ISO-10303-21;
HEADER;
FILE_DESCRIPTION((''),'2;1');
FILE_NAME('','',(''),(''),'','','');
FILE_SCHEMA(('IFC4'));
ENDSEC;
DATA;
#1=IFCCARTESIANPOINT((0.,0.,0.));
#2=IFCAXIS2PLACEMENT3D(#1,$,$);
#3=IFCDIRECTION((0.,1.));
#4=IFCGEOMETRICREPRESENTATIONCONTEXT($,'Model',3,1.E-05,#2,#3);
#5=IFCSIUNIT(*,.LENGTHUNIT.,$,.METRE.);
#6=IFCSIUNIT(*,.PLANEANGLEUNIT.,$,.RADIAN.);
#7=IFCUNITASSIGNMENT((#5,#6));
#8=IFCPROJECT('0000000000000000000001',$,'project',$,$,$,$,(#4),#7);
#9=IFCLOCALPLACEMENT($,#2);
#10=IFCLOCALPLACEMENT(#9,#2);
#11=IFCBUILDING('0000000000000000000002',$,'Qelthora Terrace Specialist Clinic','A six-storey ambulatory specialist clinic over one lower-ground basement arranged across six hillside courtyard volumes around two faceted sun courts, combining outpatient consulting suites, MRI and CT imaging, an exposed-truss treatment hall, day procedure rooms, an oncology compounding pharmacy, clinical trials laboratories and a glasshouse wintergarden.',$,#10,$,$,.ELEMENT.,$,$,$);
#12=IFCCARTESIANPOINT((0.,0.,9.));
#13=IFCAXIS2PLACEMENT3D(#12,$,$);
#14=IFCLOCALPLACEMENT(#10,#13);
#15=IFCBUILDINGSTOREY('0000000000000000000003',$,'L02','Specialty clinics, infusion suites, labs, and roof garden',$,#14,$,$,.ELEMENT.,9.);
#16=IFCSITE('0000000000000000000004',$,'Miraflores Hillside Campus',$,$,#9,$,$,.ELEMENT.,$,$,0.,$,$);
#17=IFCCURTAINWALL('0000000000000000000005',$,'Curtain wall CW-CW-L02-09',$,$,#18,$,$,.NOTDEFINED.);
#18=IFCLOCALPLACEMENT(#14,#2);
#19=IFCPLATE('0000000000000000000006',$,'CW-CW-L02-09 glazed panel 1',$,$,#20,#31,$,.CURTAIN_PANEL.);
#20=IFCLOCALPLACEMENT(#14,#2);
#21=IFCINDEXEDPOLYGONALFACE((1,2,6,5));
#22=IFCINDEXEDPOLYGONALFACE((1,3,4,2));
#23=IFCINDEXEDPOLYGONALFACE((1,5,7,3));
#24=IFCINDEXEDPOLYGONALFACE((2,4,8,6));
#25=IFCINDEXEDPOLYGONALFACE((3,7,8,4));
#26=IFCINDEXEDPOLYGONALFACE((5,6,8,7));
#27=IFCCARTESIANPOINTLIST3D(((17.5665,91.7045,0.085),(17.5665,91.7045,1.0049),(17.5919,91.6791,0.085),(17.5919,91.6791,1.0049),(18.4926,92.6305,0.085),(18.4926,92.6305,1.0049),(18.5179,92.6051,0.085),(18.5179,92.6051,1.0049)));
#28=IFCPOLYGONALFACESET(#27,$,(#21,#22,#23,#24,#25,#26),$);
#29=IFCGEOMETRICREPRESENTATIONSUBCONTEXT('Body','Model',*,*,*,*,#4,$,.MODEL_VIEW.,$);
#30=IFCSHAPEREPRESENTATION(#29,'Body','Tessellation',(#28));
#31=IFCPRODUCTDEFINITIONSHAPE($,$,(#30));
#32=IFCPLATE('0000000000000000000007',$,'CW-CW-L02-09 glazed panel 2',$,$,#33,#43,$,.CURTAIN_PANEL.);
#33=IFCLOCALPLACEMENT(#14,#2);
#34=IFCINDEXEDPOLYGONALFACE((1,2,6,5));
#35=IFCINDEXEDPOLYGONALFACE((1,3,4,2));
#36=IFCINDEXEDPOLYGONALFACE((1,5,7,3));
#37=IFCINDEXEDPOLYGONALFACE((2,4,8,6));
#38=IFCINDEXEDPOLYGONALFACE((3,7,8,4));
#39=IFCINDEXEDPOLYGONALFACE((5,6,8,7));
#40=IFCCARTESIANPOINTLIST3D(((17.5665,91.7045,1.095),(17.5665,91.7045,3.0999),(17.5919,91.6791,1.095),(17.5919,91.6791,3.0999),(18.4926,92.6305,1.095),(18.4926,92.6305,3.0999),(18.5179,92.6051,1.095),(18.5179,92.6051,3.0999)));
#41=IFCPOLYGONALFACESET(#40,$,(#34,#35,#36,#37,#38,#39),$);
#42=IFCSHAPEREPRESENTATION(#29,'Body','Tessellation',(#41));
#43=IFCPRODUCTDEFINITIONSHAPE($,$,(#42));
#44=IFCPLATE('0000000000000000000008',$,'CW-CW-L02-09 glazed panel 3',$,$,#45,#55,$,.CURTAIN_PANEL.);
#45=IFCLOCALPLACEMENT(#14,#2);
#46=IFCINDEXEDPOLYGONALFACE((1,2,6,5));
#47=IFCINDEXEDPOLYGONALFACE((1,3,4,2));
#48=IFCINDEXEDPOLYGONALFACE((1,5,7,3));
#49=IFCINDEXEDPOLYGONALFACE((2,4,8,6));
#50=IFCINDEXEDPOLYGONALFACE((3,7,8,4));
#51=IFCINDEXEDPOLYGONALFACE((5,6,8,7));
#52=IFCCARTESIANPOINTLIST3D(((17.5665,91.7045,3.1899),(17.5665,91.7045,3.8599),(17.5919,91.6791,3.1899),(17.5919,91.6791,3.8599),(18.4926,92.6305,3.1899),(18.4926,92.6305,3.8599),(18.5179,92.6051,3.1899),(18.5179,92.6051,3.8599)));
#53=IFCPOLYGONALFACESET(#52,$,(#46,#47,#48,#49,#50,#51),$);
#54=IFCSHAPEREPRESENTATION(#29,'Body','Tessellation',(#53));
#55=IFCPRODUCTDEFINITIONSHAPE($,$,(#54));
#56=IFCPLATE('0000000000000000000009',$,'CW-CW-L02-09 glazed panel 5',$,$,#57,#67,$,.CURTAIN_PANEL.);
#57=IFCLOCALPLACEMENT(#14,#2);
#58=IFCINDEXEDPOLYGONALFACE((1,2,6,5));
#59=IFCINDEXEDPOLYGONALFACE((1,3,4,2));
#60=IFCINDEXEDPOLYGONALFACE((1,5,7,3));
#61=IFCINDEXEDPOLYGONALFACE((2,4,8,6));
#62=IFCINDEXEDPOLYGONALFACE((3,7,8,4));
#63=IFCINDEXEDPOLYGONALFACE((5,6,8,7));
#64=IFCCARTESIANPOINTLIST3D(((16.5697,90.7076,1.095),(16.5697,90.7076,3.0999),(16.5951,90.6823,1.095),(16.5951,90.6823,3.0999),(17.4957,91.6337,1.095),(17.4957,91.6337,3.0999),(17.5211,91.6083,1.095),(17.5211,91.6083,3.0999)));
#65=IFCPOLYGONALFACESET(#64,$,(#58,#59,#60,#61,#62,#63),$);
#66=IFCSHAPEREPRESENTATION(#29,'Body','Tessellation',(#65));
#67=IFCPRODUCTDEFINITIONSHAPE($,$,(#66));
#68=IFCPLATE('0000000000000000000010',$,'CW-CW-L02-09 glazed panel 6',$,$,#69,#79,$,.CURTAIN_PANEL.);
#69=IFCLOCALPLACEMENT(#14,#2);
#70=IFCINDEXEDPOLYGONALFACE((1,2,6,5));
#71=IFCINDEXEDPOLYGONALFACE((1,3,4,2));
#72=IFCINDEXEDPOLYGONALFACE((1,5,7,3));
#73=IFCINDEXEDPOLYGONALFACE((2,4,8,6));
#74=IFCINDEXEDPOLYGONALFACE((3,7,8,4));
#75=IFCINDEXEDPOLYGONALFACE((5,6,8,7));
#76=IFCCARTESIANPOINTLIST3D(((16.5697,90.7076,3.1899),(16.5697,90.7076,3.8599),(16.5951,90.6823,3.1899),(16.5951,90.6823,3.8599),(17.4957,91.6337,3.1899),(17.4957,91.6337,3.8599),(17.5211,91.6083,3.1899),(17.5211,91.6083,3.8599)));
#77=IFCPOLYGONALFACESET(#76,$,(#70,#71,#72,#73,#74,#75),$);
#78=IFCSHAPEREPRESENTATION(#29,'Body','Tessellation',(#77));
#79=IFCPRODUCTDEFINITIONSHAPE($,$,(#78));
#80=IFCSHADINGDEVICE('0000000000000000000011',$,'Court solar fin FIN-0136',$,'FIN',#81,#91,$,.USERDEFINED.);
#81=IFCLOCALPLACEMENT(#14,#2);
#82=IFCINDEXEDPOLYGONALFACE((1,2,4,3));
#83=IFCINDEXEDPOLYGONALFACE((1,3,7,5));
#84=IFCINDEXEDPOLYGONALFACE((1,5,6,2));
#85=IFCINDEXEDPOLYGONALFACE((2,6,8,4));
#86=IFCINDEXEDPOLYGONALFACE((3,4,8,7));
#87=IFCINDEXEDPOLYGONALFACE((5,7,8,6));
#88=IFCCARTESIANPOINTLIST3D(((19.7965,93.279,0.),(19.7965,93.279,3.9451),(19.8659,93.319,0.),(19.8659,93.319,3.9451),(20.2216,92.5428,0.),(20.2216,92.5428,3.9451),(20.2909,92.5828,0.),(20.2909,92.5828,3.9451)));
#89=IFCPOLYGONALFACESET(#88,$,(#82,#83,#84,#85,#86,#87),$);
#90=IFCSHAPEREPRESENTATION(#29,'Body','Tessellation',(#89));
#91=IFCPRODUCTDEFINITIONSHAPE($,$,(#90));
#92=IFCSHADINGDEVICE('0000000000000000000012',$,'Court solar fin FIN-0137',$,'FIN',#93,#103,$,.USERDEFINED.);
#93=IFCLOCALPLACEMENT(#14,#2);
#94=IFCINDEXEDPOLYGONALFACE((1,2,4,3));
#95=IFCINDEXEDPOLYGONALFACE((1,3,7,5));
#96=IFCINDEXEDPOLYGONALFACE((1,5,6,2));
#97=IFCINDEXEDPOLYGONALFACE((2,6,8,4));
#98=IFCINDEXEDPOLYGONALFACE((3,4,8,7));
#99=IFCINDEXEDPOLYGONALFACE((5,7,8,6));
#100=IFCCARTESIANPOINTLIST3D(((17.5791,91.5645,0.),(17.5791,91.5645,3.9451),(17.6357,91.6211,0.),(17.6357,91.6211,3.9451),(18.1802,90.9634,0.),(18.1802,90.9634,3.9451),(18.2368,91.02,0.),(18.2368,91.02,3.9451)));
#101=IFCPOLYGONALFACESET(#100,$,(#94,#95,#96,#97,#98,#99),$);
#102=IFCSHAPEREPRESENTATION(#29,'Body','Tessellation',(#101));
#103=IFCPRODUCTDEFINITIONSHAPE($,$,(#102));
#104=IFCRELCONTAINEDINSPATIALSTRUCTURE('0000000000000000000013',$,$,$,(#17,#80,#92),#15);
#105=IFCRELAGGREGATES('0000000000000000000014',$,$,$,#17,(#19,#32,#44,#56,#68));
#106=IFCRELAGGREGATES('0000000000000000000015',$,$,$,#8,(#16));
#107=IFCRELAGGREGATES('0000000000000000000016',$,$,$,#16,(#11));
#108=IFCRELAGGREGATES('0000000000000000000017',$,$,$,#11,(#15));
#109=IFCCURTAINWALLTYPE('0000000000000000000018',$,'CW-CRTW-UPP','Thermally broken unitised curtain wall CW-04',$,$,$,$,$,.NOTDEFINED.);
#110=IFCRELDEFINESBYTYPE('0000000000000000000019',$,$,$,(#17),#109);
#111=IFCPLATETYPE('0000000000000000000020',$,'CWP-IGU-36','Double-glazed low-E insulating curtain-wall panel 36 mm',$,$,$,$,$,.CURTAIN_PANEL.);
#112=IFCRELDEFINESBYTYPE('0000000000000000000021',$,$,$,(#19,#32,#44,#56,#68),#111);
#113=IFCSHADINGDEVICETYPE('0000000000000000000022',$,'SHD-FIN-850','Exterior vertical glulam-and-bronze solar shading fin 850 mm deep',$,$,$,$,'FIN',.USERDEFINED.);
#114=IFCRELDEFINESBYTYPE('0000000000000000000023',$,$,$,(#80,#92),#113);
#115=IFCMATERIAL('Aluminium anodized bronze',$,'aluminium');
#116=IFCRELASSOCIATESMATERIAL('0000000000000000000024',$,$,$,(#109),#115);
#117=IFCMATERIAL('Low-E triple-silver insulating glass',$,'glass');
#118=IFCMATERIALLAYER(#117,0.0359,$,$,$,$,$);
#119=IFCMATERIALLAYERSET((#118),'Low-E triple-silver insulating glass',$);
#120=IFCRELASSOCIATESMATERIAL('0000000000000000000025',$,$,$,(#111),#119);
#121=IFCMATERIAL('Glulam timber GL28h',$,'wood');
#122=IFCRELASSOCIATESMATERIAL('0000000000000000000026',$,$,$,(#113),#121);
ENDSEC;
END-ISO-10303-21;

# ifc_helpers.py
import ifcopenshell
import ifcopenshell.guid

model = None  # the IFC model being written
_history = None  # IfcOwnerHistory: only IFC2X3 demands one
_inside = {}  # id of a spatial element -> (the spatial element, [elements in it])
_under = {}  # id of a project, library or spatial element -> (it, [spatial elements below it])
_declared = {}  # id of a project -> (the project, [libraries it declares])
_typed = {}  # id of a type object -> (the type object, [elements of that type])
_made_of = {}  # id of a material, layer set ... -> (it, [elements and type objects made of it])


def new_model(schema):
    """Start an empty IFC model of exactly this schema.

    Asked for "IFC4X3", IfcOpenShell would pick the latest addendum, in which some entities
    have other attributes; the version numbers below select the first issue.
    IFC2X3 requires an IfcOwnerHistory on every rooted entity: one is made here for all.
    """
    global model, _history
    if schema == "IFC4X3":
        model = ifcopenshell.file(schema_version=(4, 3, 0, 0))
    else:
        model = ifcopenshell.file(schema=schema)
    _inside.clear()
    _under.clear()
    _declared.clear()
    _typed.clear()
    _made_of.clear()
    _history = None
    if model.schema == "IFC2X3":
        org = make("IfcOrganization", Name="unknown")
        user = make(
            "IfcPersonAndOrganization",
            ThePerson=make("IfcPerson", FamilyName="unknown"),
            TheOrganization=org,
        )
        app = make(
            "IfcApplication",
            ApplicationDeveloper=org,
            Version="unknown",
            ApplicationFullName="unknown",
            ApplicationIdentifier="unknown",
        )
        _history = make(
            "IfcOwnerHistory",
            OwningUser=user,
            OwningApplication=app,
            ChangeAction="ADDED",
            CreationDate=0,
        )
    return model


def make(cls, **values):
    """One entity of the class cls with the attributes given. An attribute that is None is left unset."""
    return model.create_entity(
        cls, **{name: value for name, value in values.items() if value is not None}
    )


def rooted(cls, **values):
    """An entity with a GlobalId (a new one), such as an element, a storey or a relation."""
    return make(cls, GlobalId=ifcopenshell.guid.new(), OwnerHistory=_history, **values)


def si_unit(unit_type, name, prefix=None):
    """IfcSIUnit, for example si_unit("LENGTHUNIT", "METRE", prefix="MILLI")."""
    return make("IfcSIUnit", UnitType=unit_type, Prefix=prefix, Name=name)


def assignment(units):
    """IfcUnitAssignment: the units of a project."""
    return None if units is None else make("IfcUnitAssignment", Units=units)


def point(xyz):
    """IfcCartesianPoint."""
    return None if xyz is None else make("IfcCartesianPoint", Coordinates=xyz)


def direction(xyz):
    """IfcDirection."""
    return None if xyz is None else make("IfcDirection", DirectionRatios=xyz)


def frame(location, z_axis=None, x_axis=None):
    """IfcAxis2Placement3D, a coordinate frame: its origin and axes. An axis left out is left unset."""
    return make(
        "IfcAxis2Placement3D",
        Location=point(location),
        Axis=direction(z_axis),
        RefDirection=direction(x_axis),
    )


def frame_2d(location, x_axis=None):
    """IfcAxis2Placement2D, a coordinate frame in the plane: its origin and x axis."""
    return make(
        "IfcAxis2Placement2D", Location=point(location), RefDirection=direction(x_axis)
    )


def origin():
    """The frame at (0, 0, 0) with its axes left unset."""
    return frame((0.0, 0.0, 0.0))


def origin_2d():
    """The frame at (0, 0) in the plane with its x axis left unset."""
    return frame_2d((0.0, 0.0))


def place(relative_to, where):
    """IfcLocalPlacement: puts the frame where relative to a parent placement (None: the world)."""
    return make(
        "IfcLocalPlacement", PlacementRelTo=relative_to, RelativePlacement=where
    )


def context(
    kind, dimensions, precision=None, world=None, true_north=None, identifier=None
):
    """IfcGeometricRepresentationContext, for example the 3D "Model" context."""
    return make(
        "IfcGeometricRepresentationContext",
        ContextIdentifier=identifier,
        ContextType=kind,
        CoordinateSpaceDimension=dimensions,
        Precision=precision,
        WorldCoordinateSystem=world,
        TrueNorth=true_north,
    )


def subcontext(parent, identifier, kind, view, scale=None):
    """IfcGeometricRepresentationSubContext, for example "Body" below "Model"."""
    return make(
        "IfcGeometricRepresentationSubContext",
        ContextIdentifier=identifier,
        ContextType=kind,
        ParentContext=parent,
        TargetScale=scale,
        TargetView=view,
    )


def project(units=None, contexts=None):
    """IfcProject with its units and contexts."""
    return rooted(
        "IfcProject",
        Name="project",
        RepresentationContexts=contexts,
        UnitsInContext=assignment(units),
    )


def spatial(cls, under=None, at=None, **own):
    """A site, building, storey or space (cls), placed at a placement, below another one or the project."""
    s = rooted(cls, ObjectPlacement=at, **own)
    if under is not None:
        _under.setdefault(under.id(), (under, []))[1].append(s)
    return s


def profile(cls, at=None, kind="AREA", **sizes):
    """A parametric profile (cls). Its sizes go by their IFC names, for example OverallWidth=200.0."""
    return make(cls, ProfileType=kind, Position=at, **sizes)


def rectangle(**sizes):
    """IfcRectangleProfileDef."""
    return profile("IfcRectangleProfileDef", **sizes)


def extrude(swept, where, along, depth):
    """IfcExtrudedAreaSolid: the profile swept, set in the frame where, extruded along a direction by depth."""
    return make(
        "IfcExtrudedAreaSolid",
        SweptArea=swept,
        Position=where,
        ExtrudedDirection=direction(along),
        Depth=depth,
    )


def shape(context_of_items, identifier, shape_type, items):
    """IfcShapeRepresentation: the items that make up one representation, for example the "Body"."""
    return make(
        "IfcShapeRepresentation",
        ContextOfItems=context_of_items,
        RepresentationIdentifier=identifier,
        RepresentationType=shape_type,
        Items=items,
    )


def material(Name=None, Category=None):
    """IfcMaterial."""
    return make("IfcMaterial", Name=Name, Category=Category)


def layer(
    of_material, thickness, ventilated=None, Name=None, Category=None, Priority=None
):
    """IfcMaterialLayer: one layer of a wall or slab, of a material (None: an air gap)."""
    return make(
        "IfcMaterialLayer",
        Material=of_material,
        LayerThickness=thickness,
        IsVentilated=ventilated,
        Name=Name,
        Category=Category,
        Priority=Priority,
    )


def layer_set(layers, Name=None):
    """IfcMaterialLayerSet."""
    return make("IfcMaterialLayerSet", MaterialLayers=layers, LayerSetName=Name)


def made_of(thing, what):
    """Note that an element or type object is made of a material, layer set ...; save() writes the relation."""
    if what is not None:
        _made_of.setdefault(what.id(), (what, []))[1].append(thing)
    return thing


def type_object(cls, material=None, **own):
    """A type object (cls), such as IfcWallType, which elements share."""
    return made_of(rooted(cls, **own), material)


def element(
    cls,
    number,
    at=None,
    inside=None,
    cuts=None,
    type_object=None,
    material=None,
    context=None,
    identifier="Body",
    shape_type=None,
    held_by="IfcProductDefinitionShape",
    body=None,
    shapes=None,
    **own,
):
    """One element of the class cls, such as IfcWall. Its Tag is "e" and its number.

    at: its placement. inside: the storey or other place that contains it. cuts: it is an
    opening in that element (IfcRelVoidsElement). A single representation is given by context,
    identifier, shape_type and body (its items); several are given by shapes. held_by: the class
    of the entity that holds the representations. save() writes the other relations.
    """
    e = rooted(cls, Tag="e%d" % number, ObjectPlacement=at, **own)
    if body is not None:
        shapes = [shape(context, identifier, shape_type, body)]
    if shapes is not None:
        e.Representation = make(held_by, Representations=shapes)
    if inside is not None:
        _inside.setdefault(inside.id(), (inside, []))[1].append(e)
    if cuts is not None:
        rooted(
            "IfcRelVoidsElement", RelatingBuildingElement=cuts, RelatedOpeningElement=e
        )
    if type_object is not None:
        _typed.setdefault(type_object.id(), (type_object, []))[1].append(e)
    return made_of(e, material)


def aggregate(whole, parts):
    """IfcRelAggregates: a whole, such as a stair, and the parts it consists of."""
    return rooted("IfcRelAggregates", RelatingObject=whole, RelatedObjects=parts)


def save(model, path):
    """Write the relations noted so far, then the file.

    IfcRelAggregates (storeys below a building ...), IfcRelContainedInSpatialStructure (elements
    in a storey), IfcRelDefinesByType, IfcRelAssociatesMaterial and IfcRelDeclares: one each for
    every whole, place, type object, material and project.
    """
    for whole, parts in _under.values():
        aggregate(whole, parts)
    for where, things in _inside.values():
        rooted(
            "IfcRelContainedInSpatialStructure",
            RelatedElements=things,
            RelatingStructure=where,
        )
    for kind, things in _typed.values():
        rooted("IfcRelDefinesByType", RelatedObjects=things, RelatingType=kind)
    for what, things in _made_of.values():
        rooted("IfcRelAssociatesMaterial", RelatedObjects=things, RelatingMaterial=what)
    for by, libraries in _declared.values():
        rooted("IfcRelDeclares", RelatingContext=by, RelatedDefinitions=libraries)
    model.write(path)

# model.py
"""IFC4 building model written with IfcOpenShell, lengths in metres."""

from ifc_helpers import new_model, si_unit, direction, frame, origin, origin_2d, place, context, subcontext, project, spatial, rectangle, extrude, material, layer, layer_set, type_object, element, aggregate, save


model = new_model("IFC4")

# Units and contexts
model_context = context("Model", 3, precision=1e-05, world=origin(), true_north=direction((0.0, 1.0)))
body_context = subcontext(model_context, "Body", "Model", "MODEL_VIEW")
ifc_project = project(units=[si_unit("LENGTHUNIT", "METRE"), si_unit("PLANEANGLEUNIT", "RADIAN")], contexts=[model_context])

# Site, building, storey
site_placement = place(None, origin())
site = spatial("IfcSite", under=ifc_project, at=site_placement, Name="Miraflores Hillside Campus", CompositionType="ELEMENT", RefElevation=0.0)
building_placement = place(site_placement, origin())
building = spatial("IfcBuilding", under=site, at=building_placement, Name="Qelthora Terrace Specialist Clinic", Description="A six-storey ambulatory specialist clinic over one lower-ground basement arranged across six hillside courtyard volumes around two faceted sun courts, combining outpatient consulting suites, MRI and CT imaging, an exposed-truss treatment hall, day procedure rooms, an oncology compounding pharmacy, clinical trials laboratories and a glasshouse wintergarden.", CompositionType="ELEMENT")
storey_placement = place(building_placement, frame((0.0, 0.0, 9.0)))
storey = spatial("IfcBuildingStorey", under=building, at=storey_placement, Name="L02", Description="Specialty clinics, infusion suites, labs, and roof garden", CompositionType="ELEMENT", Elevation=9.0)

# Curtain wall
ifc_material_1 = material(Name="Aluminium anodized bronze", Category="aluminium")
curtain_wall_type = type_object("IfcCurtainWallType", Name="CW-CRTW-UPP", Description="Thermally broken unitised curtain wall CW-04", PredefinedType="NOTDEFINED", material=ifc_material_1)
curtain_wall_1_placement = place(storey_placement, origin())
curtain_wall_1 = element("IfcCurtainWall", 1, at=curtain_wall_1_placement, inside=storey, type_object=curtain_wall_type, Name="Curtain wall CW-CW-L02-09", PredefinedType="NOTDEFINED")

# Plates
ifc_material_2 = material(Name="Low-E triple-silver insulating glass", Category="glass")
ifc_layer = layer(ifc_material_2, 0.0359)
ifc_layer_set = layer_set([ifc_layer], Name="Low-E triple-silver insulating glass")
plate_type = type_object("IfcPlateType", Name="CWP-IGU-36", Description="Double-glazed low-E insulating curtain-wall panel 36 mm", PredefinedType="CURTAIN_PANEL", material=ifc_layer_set)
plate_1_placement = place(storey_placement, frame((18.0422, 92.1548, 0.085), z_axis=(0.0, 0.0, 1.0), x_axis=(-0.707107, -0.707107, 0.0)))
plate_1 = element("IfcPlate", 2, at=plate_1_placement, type_object=plate_type, Name="CW-CW-L02-09 glazed panel 1", PredefinedType="CURTAIN_PANEL", context=body_context, shape_type="SweptSolid", body=[
    extrude(rectangle(XDim=1.3096, YDim=0.0359, at=origin_2d()), origin(), (0.0, 0.0, 1.0), 0.9199),
])
plate_2_placement = place(storey_placement, frame((18.0422, 92.1548, 1.095), z_axis=(0.0, 0.0, 1.0), x_axis=(-0.707107, -0.707107, 0.0)))
plate_2 = element("IfcPlate", 3, at=plate_2_placement, type_object=plate_type, Name="CW-CW-L02-09 glazed panel 2", PredefinedType="CURTAIN_PANEL", context=body_context, shape_type="SweptSolid", body=[
    extrude(rectangle(XDim=1.3096, YDim=0.0359, at=origin_2d()), origin(), (0.0, 0.0, 1.0), 2.0049),
])
plate_3_placement = place(storey_placement, frame((18.0422, 92.1548, 3.1899), z_axis=(0.0, 0.0, 1.0), x_axis=(-0.707107, -0.707107, 0.0)))
plate_3 = element("IfcPlate", 4, at=plate_3_placement, type_object=plate_type, Name="CW-CW-L02-09 glazed panel 3", PredefinedType="CURTAIN_PANEL", context=body_context, shape_type="SweptSolid", body=[
    extrude(rectangle(XDim=1.3096, YDim=0.0359, at=origin_2d()), origin(), (0.0, 0.0, 1.0), 0.6699),
])
plate_4_placement = place(storey_placement, frame((17.0454, 91.158, 1.095), z_axis=(0.0, 0.0, 1.0), x_axis=(-0.707107, -0.707107, 0.0)))
plate_4 = element("IfcPlate", 5, at=plate_4_placement, type_object=plate_type, Name="CW-CW-L02-09 glazed panel 5", PredefinedType="CURTAIN_PANEL", context=body_context, shape_type="SweptSolid", body=[
    extrude(rectangle(XDim=1.3096, YDim=0.0359, at=origin_2d()), origin(), (0.0, 0.0, 1.0), 2.0049),
])
plate_5_placement = place(storey_placement, frame((17.0454, 91.158, 3.1899), z_axis=(0.0, 0.0, 1.0), x_axis=(-0.707107, -0.707107, 0.0)))
plate_5 = element("IfcPlate", 6, at=plate_5_placement, type_object=plate_type, Name="CW-CW-L02-09 glazed panel 6", PredefinedType="CURTAIN_PANEL", context=body_context, shape_type="SweptSolid", body=[
    extrude(rectangle(XDim=1.3096, YDim=0.0359, at=origin_2d()), origin(), (0.0, 0.0, 1.0), 0.6699),
])
aggregate(curtain_wall_1, [plate_1, plate_2, plate_3, plate_4, plate_5])

# Shading devices
ifc_material_3 = material(Name="Glulam timber GL28h", Category="wood")
shading_device_type = type_object("IfcShadingDeviceType", Name="SHD-FIN-850", Description="Exterior vertical glulam-and-bronze solar shading fin 850 mm deep", ElementType="FIN", PredefinedType="USERDEFINED", material=ifc_material_3)
for number, where, z_axis, x_axis, name in (
    (7, (20.0437, 92.9309, 0.0), (0.0, 0.0, 1.0), (0.5, -0.866025, 0.0), "Court solar fin FIN-0136"),
    (8, (17.908, 91.2922, 0.0), (0.0, 0.0, 1.0), (0.707107, -0.707107, 0.0), "Court solar fin FIN-0137"),
):
    element("IfcShadingDevice", number, at=place(storey_placement, frame(where, z_axis=z_axis, x_axis=x_axis)), inside=storey, type_object=shading_device_type, Name=name, ObjectType="FIN", PredefinedType="USERDEFINED", context=body_context, shape_type="SweptSolid", body=[
        extrude(rectangle(XDim=0.8501, YDim=0.0801, at=origin_2d()), origin(), (0.0, 0.0, 1.0), 3.9451),
    ])

save(model, "model.ifc")
